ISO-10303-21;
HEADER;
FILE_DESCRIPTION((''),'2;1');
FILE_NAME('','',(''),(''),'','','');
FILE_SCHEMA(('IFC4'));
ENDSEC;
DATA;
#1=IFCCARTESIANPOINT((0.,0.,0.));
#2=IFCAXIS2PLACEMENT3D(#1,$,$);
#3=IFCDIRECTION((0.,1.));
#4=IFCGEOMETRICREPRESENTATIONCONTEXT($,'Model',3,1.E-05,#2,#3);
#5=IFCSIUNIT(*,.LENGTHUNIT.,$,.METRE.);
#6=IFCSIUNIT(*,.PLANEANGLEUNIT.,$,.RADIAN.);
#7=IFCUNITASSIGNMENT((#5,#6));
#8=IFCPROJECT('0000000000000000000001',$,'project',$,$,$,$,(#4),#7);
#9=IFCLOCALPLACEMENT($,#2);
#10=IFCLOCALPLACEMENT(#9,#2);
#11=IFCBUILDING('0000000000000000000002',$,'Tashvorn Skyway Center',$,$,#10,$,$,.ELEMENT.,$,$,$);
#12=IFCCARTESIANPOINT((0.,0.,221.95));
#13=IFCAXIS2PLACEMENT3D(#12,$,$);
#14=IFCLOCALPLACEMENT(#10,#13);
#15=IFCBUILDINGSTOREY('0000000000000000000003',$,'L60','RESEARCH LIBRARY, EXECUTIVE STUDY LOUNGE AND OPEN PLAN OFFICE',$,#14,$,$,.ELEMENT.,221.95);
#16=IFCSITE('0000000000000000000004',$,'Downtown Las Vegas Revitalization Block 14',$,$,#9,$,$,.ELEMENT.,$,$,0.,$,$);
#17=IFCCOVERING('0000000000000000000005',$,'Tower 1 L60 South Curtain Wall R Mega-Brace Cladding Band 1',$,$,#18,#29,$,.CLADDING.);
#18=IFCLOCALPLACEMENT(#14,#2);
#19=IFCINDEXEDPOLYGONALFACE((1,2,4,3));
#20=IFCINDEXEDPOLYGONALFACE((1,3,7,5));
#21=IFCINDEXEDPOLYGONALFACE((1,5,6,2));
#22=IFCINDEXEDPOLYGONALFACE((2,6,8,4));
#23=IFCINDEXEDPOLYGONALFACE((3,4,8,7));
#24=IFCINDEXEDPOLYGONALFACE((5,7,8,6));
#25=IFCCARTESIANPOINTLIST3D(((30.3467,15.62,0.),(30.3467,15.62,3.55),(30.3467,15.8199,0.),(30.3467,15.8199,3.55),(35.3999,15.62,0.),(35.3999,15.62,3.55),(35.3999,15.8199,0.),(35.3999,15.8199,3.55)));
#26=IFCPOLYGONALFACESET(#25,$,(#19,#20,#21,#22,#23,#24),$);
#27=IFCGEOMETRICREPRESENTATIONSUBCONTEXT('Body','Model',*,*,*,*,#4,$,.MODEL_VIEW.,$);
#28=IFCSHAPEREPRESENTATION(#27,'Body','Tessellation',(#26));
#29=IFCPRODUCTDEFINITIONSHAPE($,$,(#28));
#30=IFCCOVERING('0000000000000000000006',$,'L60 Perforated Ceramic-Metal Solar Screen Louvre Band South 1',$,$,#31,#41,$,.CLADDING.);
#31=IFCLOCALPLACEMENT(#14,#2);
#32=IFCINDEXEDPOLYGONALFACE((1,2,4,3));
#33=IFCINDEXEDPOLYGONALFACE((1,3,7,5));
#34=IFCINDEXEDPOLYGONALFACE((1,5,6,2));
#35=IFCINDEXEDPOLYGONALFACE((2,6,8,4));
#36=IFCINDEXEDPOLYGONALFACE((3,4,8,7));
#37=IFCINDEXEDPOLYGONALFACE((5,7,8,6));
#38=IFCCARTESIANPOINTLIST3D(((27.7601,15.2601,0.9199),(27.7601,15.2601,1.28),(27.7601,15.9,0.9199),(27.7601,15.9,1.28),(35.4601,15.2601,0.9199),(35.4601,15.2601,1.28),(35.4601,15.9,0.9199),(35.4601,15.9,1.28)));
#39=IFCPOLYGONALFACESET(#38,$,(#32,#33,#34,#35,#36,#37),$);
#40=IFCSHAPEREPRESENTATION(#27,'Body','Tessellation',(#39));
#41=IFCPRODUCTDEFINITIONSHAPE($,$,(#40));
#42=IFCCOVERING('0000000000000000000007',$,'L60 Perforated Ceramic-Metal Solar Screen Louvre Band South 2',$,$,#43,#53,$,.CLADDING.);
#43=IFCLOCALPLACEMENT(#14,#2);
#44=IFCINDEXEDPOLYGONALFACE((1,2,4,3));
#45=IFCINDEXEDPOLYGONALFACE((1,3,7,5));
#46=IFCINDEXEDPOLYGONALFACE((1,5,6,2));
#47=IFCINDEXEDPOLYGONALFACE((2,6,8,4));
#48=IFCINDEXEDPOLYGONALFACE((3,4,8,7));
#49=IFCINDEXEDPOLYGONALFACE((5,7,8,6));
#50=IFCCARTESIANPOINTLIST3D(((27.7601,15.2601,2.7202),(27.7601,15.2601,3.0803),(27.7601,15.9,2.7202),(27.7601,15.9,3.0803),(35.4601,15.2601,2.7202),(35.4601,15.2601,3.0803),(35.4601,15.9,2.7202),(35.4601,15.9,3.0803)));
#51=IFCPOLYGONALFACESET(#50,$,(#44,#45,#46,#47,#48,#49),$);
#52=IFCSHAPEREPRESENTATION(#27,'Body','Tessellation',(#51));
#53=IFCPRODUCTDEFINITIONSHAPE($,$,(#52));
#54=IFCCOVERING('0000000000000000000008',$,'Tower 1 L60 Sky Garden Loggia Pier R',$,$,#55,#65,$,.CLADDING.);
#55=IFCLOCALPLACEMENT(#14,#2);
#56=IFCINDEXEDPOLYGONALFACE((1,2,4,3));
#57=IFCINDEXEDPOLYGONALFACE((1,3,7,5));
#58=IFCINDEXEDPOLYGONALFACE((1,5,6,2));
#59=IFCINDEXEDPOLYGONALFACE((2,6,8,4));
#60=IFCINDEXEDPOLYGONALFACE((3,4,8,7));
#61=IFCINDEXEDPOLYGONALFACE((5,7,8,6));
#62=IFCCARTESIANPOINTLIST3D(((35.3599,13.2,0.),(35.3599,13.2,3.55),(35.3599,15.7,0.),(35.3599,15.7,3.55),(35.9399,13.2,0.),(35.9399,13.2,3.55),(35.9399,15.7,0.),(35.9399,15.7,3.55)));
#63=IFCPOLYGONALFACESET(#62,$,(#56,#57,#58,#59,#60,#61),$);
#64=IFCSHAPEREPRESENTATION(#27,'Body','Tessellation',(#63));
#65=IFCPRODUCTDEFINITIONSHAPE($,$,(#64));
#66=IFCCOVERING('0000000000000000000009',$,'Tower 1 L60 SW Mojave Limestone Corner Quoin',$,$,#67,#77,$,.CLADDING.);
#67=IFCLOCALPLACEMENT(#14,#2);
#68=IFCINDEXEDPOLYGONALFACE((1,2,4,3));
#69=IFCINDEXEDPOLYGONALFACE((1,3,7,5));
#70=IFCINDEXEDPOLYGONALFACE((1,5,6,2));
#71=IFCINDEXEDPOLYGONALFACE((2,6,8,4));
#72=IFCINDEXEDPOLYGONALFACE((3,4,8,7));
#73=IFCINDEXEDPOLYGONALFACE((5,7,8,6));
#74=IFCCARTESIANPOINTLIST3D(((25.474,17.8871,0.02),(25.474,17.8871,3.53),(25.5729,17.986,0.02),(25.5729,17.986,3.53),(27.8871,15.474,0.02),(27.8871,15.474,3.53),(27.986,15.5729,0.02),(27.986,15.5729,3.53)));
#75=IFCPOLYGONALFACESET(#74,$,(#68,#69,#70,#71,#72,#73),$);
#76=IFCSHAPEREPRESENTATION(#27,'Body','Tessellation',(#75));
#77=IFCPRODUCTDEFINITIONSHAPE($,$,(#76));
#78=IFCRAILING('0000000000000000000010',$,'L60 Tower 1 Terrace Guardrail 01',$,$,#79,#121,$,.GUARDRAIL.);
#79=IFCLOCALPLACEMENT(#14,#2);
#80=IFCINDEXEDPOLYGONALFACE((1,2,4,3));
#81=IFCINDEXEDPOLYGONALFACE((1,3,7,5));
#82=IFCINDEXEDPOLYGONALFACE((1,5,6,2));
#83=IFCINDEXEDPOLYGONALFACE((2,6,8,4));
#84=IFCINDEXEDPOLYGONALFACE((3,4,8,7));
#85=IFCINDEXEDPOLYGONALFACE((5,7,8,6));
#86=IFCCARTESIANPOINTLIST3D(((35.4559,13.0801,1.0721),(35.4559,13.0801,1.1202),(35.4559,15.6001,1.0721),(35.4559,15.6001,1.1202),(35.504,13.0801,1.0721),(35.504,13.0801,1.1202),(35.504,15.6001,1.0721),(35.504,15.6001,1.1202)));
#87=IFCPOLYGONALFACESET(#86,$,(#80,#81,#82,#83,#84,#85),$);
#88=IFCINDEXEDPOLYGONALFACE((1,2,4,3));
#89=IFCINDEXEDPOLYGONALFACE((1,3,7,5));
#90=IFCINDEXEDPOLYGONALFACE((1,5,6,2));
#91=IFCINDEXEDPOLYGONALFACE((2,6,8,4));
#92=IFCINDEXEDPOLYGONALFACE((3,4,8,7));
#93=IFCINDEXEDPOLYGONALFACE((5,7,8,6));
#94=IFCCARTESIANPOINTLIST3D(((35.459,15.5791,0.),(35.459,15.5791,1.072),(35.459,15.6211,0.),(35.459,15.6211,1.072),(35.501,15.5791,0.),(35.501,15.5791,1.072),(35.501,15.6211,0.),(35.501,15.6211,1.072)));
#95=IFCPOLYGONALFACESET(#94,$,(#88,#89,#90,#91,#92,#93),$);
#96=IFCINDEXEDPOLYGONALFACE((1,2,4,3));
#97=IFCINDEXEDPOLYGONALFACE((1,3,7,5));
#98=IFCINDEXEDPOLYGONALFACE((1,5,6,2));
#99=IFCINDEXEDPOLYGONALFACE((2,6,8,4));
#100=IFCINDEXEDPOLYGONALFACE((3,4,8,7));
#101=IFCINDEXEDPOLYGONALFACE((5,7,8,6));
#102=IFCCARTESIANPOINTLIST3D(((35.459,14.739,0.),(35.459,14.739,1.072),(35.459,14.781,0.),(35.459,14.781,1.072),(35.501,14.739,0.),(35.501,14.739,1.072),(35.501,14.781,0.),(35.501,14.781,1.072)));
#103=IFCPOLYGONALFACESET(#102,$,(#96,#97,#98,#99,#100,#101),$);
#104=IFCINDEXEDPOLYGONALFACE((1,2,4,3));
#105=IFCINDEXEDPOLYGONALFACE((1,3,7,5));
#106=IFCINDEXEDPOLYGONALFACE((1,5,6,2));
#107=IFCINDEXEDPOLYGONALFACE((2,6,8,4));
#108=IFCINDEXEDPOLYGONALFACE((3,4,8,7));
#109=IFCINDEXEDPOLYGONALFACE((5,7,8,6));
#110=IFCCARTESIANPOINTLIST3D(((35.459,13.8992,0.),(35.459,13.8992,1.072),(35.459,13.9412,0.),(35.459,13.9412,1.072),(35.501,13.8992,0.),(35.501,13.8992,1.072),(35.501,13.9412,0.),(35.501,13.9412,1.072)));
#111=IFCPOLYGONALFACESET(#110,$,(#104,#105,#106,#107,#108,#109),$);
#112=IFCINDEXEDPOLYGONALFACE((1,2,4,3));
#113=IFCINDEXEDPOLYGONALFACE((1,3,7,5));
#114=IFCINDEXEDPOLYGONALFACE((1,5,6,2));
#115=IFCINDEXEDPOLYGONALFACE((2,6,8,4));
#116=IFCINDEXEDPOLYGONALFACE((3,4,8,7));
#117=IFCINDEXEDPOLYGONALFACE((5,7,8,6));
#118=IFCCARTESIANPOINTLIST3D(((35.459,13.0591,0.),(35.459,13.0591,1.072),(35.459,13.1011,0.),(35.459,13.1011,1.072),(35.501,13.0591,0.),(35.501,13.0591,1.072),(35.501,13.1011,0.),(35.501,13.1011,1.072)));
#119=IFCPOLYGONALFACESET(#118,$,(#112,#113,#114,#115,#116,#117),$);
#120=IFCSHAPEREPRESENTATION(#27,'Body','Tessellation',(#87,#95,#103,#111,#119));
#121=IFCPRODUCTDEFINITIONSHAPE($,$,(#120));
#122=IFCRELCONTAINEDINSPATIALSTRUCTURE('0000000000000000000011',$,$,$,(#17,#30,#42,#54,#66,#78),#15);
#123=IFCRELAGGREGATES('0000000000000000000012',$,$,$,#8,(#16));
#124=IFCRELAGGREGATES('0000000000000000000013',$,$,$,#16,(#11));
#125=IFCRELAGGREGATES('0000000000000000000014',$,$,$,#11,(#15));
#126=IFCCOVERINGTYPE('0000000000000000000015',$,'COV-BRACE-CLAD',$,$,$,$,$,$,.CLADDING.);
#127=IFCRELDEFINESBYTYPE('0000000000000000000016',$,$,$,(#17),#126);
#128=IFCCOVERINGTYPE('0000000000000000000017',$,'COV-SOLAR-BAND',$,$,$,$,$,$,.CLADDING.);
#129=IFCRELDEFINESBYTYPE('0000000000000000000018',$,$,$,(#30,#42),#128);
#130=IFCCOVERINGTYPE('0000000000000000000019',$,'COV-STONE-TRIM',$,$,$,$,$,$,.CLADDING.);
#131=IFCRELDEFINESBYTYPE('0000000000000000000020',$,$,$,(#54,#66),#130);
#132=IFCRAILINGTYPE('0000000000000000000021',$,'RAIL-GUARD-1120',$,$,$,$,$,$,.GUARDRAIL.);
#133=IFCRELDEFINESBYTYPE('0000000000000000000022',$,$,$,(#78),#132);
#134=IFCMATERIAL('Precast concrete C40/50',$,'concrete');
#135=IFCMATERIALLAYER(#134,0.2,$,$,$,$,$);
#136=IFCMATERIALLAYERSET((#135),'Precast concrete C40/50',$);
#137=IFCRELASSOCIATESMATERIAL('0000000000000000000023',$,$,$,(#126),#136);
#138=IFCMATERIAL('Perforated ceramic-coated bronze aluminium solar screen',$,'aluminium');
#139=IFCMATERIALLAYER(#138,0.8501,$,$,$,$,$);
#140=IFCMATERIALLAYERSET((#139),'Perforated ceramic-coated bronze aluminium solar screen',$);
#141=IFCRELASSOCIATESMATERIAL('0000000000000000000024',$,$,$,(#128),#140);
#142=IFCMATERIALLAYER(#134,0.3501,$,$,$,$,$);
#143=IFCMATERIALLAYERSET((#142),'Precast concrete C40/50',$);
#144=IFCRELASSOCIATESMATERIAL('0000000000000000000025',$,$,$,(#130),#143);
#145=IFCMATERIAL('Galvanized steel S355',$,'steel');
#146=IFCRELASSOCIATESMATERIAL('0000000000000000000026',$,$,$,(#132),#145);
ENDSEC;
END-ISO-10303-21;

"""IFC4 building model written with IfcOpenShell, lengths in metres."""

from ifc_helpers import new_model, si_unit, direction, frame, origin, origin_2d, place, context, subcontext, project, spatial, rectangle, extrude, material, layer, layer_set, type_object, element, save


model = new_model("IFC4")

# Units and contexts
model_context = context("Model", 3, precision=1e-05, world=origin(), true_north=direction((0.0, 1.0)))
body_context = subcontext(model_context, "Body", "Model", "MODEL_VIEW")
ifc_project = project(units=[si_unit("LENGTHUNIT", "METRE"), si_unit("PLANEANGLEUNIT", "RADIAN")], contexts=[model_context])

# Site, building, storey
site_placement = place(None, origin())
site = spatial("IfcSite", under=ifc_project, at=site_placement, Name="Downtown Las Vegas Revitalization Block 14", CompositionType="ELEMENT", RefElevation=0.0)
building_placement = place(site_placement, origin())
building = spatial("IfcBuilding", under=site, at=building_placement, Name="Tashvorn Skyway Center", CompositionType="ELEMENT")
storey_placement = place(building_placement, frame((0.0, 0.0, 221.95)))
storey = spatial("IfcBuildingStorey", under=building, at=storey_placement, Name="L60", Description="RESEARCH LIBRARY, EXECUTIVE STUDY LOUNGE AND OPEN PLAN OFFICE", CompositionType="ELEMENT", Elevation=221.95)

# Shared definitions
ifc_material_1 = material(Name="Precast concrete C40/50", Category="concrete")

# Coverings
ifc_layer_1 = layer(ifc_material_1, 0.2)
ifc_layer_set_1 = layer_set([ifc_layer_1], Name="Precast concrete C40/50")
covering_type_1 = type_object("IfcCoveringType", Name="COV-BRACE-CLAD", PredefinedType="CLADDING", material=ifc_layer_set_1)
covering_1_placement = place(storey_placement, frame((32.8733, 15.72, 0.0), z_axis=(0.0, 0.0, 1.0), x_axis=(-1.0, 0.0, 0.0)))
element("IfcCovering", 1, at=covering_1_placement, inside=storey, type_object=covering_type_1, Name="Tower 1 L60 South Curtain Wall R Mega-Brace Cladding Band 1", PredefinedType="CLADDING", context=body_context, shape_type="SweptSolid", body=[
    extrude(rectangle(XDim=5.0532, YDim=0.2, at=origin_2d()), origin(), (0.0, 0.0, 1.0), 3.55),
])
ifc_material_2 = material(Name="Perforated ceramic-coated bronze aluminium solar screen", Category="aluminium")
ifc_layer_2 = layer(ifc_material_2, 0.8501)
ifc_layer_set_2 = layer_set([ifc_layer_2], Name="Perforated ceramic-coated bronze aluminium solar screen")
covering_type_2 = type_object("IfcCoveringType", Name="COV-SOLAR-BAND", PredefinedType="CLADDING", material=ifc_layer_set_2)
for number, where, z_axis, x_axis, name in (
    (2, (31.6101, 15.5801, 0.9199), (0.0, 0.0, 1.0), (-1.0, 0.0, 0.0), "L60 Perforated Ceramic-Metal Solar Screen Louvre Band South 1"),
    (3, (31.6101, 15.5801, 2.7202), (0.0, 0.0, 1.0), (-1.0, 0.0, 0.0), "L60 Perforated Ceramic-Metal Solar Screen Louvre Band South 2"),
):
    element("IfcCovering", number, at=place(storey_placement, frame(where, z_axis=z_axis, x_axis=x_axis)), inside=storey, type_object=covering_type_2, Name=name, PredefinedType="CLADDING", context=body_context, shape_type="SweptSolid", body=[
        extrude(rectangle(XDim=7.7, YDim=0.6399, at=origin_2d()), origin(), (0.0, 0.0, 1.0), 0.3601),
    ])
ifc_layer_3 = layer(ifc_material_1, 0.3501)
ifc_layer_set_3 = layer_set([ifc_layer_3], Name="Precast concrete C40/50")
covering_type_3 = type_object("IfcCoveringType", Name="COV-STONE-TRIM", PredefinedType="CLADDING", material=ifc_layer_set_3)
covering_2_placement = place(storey_placement, frame((35.6499, 14.45, 0.0), z_axis=(0.0, 0.0, 1.0), x_axis=(-1.0, 0.0, 0.0)))
element("IfcCovering", 4, at=covering_2_placement, inside=storey, type_object=covering_type_3, Name="Tower 1 L60 Sky Garden Loggia Pier R", PredefinedType="CLADDING", context=body_context, shape_type="SweptSolid", body=[
    extrude(rectangle(XDim=0.5801, YDim=2.5, at=origin_2d()), origin(), (0.0, 0.0, 1.0), 3.55),
])
covering_3_placement = place(storey_placement, frame((26.73, 16.73, 0.02), z_axis=(0.0, 0.0, 1.0), x_axis=(-0.707107, 0.707107, 0.0)))
element("IfcCovering", 5, at=covering_3_placement, inside=storey, type_object=covering_type_3, Name="Tower 1 L60 SW Mojave Limestone Corner Quoin", PredefinedType="CLADDING", context=body_context, shape_type="SweptSolid", body=[
    extrude(rectangle(XDim=3.4126, YDim=0.1399, at=origin_2d()), origin(), (0.0, 0.0, 1.0), 3.51),
])

# Railing
ifc_material_3 = material(Name="Galvanized steel S355", Category="steel")
railing_type = type_object("IfcRailingType", Name="RAIL-GUARD-1120", PredefinedType="GUARDRAIL", material=ifc_material_3)
railing_1_placement = place(storey_placement, frame((35.48, 15.6001, 0.0)))
element("IfcRailing", 6, at=railing_1_placement, inside=storey, type_object=railing_type, Name="L60 Tower 1 Terrace Guardrail 01", PredefinedType="GUARDRAIL", context=body_context, shape_type="SweptSolid", body=[
    extrude(rectangle(XDim=0.0481, YDim=0.0481, at=origin_2d()), frame((0.0, 0.0, 1.0962), z_axis=(0.0, -1.0, 0.0), x_axis=(1.0, 0.0, 0.0)), (0.0, 0.0, 1.0), 2.52),
    extrude(rectangle(XDim=0.042, YDim=0.042, at=origin_2d()), origin(), (0.0, 0.0, 1.0), 1.072),
    extrude(rectangle(XDim=0.042, YDim=0.042, at=origin_2d()), frame((0.0, -0.8401, 0.0)), (0.0, 0.0, 1.0), 1.072),
    extrude(rectangle(XDim=0.042, YDim=0.042, at=origin_2d()), frame((0.0, -1.6799, 0.0)), (0.0, 0.0, 1.0), 1.072),
    extrude(rectangle(XDim=0.042, YDim=0.042, at=origin_2d()), frame((0.0, -2.52, 0.0)), (0.0, 0.0, 1.0), 1.072),
])

save(model, "model.ifc")
